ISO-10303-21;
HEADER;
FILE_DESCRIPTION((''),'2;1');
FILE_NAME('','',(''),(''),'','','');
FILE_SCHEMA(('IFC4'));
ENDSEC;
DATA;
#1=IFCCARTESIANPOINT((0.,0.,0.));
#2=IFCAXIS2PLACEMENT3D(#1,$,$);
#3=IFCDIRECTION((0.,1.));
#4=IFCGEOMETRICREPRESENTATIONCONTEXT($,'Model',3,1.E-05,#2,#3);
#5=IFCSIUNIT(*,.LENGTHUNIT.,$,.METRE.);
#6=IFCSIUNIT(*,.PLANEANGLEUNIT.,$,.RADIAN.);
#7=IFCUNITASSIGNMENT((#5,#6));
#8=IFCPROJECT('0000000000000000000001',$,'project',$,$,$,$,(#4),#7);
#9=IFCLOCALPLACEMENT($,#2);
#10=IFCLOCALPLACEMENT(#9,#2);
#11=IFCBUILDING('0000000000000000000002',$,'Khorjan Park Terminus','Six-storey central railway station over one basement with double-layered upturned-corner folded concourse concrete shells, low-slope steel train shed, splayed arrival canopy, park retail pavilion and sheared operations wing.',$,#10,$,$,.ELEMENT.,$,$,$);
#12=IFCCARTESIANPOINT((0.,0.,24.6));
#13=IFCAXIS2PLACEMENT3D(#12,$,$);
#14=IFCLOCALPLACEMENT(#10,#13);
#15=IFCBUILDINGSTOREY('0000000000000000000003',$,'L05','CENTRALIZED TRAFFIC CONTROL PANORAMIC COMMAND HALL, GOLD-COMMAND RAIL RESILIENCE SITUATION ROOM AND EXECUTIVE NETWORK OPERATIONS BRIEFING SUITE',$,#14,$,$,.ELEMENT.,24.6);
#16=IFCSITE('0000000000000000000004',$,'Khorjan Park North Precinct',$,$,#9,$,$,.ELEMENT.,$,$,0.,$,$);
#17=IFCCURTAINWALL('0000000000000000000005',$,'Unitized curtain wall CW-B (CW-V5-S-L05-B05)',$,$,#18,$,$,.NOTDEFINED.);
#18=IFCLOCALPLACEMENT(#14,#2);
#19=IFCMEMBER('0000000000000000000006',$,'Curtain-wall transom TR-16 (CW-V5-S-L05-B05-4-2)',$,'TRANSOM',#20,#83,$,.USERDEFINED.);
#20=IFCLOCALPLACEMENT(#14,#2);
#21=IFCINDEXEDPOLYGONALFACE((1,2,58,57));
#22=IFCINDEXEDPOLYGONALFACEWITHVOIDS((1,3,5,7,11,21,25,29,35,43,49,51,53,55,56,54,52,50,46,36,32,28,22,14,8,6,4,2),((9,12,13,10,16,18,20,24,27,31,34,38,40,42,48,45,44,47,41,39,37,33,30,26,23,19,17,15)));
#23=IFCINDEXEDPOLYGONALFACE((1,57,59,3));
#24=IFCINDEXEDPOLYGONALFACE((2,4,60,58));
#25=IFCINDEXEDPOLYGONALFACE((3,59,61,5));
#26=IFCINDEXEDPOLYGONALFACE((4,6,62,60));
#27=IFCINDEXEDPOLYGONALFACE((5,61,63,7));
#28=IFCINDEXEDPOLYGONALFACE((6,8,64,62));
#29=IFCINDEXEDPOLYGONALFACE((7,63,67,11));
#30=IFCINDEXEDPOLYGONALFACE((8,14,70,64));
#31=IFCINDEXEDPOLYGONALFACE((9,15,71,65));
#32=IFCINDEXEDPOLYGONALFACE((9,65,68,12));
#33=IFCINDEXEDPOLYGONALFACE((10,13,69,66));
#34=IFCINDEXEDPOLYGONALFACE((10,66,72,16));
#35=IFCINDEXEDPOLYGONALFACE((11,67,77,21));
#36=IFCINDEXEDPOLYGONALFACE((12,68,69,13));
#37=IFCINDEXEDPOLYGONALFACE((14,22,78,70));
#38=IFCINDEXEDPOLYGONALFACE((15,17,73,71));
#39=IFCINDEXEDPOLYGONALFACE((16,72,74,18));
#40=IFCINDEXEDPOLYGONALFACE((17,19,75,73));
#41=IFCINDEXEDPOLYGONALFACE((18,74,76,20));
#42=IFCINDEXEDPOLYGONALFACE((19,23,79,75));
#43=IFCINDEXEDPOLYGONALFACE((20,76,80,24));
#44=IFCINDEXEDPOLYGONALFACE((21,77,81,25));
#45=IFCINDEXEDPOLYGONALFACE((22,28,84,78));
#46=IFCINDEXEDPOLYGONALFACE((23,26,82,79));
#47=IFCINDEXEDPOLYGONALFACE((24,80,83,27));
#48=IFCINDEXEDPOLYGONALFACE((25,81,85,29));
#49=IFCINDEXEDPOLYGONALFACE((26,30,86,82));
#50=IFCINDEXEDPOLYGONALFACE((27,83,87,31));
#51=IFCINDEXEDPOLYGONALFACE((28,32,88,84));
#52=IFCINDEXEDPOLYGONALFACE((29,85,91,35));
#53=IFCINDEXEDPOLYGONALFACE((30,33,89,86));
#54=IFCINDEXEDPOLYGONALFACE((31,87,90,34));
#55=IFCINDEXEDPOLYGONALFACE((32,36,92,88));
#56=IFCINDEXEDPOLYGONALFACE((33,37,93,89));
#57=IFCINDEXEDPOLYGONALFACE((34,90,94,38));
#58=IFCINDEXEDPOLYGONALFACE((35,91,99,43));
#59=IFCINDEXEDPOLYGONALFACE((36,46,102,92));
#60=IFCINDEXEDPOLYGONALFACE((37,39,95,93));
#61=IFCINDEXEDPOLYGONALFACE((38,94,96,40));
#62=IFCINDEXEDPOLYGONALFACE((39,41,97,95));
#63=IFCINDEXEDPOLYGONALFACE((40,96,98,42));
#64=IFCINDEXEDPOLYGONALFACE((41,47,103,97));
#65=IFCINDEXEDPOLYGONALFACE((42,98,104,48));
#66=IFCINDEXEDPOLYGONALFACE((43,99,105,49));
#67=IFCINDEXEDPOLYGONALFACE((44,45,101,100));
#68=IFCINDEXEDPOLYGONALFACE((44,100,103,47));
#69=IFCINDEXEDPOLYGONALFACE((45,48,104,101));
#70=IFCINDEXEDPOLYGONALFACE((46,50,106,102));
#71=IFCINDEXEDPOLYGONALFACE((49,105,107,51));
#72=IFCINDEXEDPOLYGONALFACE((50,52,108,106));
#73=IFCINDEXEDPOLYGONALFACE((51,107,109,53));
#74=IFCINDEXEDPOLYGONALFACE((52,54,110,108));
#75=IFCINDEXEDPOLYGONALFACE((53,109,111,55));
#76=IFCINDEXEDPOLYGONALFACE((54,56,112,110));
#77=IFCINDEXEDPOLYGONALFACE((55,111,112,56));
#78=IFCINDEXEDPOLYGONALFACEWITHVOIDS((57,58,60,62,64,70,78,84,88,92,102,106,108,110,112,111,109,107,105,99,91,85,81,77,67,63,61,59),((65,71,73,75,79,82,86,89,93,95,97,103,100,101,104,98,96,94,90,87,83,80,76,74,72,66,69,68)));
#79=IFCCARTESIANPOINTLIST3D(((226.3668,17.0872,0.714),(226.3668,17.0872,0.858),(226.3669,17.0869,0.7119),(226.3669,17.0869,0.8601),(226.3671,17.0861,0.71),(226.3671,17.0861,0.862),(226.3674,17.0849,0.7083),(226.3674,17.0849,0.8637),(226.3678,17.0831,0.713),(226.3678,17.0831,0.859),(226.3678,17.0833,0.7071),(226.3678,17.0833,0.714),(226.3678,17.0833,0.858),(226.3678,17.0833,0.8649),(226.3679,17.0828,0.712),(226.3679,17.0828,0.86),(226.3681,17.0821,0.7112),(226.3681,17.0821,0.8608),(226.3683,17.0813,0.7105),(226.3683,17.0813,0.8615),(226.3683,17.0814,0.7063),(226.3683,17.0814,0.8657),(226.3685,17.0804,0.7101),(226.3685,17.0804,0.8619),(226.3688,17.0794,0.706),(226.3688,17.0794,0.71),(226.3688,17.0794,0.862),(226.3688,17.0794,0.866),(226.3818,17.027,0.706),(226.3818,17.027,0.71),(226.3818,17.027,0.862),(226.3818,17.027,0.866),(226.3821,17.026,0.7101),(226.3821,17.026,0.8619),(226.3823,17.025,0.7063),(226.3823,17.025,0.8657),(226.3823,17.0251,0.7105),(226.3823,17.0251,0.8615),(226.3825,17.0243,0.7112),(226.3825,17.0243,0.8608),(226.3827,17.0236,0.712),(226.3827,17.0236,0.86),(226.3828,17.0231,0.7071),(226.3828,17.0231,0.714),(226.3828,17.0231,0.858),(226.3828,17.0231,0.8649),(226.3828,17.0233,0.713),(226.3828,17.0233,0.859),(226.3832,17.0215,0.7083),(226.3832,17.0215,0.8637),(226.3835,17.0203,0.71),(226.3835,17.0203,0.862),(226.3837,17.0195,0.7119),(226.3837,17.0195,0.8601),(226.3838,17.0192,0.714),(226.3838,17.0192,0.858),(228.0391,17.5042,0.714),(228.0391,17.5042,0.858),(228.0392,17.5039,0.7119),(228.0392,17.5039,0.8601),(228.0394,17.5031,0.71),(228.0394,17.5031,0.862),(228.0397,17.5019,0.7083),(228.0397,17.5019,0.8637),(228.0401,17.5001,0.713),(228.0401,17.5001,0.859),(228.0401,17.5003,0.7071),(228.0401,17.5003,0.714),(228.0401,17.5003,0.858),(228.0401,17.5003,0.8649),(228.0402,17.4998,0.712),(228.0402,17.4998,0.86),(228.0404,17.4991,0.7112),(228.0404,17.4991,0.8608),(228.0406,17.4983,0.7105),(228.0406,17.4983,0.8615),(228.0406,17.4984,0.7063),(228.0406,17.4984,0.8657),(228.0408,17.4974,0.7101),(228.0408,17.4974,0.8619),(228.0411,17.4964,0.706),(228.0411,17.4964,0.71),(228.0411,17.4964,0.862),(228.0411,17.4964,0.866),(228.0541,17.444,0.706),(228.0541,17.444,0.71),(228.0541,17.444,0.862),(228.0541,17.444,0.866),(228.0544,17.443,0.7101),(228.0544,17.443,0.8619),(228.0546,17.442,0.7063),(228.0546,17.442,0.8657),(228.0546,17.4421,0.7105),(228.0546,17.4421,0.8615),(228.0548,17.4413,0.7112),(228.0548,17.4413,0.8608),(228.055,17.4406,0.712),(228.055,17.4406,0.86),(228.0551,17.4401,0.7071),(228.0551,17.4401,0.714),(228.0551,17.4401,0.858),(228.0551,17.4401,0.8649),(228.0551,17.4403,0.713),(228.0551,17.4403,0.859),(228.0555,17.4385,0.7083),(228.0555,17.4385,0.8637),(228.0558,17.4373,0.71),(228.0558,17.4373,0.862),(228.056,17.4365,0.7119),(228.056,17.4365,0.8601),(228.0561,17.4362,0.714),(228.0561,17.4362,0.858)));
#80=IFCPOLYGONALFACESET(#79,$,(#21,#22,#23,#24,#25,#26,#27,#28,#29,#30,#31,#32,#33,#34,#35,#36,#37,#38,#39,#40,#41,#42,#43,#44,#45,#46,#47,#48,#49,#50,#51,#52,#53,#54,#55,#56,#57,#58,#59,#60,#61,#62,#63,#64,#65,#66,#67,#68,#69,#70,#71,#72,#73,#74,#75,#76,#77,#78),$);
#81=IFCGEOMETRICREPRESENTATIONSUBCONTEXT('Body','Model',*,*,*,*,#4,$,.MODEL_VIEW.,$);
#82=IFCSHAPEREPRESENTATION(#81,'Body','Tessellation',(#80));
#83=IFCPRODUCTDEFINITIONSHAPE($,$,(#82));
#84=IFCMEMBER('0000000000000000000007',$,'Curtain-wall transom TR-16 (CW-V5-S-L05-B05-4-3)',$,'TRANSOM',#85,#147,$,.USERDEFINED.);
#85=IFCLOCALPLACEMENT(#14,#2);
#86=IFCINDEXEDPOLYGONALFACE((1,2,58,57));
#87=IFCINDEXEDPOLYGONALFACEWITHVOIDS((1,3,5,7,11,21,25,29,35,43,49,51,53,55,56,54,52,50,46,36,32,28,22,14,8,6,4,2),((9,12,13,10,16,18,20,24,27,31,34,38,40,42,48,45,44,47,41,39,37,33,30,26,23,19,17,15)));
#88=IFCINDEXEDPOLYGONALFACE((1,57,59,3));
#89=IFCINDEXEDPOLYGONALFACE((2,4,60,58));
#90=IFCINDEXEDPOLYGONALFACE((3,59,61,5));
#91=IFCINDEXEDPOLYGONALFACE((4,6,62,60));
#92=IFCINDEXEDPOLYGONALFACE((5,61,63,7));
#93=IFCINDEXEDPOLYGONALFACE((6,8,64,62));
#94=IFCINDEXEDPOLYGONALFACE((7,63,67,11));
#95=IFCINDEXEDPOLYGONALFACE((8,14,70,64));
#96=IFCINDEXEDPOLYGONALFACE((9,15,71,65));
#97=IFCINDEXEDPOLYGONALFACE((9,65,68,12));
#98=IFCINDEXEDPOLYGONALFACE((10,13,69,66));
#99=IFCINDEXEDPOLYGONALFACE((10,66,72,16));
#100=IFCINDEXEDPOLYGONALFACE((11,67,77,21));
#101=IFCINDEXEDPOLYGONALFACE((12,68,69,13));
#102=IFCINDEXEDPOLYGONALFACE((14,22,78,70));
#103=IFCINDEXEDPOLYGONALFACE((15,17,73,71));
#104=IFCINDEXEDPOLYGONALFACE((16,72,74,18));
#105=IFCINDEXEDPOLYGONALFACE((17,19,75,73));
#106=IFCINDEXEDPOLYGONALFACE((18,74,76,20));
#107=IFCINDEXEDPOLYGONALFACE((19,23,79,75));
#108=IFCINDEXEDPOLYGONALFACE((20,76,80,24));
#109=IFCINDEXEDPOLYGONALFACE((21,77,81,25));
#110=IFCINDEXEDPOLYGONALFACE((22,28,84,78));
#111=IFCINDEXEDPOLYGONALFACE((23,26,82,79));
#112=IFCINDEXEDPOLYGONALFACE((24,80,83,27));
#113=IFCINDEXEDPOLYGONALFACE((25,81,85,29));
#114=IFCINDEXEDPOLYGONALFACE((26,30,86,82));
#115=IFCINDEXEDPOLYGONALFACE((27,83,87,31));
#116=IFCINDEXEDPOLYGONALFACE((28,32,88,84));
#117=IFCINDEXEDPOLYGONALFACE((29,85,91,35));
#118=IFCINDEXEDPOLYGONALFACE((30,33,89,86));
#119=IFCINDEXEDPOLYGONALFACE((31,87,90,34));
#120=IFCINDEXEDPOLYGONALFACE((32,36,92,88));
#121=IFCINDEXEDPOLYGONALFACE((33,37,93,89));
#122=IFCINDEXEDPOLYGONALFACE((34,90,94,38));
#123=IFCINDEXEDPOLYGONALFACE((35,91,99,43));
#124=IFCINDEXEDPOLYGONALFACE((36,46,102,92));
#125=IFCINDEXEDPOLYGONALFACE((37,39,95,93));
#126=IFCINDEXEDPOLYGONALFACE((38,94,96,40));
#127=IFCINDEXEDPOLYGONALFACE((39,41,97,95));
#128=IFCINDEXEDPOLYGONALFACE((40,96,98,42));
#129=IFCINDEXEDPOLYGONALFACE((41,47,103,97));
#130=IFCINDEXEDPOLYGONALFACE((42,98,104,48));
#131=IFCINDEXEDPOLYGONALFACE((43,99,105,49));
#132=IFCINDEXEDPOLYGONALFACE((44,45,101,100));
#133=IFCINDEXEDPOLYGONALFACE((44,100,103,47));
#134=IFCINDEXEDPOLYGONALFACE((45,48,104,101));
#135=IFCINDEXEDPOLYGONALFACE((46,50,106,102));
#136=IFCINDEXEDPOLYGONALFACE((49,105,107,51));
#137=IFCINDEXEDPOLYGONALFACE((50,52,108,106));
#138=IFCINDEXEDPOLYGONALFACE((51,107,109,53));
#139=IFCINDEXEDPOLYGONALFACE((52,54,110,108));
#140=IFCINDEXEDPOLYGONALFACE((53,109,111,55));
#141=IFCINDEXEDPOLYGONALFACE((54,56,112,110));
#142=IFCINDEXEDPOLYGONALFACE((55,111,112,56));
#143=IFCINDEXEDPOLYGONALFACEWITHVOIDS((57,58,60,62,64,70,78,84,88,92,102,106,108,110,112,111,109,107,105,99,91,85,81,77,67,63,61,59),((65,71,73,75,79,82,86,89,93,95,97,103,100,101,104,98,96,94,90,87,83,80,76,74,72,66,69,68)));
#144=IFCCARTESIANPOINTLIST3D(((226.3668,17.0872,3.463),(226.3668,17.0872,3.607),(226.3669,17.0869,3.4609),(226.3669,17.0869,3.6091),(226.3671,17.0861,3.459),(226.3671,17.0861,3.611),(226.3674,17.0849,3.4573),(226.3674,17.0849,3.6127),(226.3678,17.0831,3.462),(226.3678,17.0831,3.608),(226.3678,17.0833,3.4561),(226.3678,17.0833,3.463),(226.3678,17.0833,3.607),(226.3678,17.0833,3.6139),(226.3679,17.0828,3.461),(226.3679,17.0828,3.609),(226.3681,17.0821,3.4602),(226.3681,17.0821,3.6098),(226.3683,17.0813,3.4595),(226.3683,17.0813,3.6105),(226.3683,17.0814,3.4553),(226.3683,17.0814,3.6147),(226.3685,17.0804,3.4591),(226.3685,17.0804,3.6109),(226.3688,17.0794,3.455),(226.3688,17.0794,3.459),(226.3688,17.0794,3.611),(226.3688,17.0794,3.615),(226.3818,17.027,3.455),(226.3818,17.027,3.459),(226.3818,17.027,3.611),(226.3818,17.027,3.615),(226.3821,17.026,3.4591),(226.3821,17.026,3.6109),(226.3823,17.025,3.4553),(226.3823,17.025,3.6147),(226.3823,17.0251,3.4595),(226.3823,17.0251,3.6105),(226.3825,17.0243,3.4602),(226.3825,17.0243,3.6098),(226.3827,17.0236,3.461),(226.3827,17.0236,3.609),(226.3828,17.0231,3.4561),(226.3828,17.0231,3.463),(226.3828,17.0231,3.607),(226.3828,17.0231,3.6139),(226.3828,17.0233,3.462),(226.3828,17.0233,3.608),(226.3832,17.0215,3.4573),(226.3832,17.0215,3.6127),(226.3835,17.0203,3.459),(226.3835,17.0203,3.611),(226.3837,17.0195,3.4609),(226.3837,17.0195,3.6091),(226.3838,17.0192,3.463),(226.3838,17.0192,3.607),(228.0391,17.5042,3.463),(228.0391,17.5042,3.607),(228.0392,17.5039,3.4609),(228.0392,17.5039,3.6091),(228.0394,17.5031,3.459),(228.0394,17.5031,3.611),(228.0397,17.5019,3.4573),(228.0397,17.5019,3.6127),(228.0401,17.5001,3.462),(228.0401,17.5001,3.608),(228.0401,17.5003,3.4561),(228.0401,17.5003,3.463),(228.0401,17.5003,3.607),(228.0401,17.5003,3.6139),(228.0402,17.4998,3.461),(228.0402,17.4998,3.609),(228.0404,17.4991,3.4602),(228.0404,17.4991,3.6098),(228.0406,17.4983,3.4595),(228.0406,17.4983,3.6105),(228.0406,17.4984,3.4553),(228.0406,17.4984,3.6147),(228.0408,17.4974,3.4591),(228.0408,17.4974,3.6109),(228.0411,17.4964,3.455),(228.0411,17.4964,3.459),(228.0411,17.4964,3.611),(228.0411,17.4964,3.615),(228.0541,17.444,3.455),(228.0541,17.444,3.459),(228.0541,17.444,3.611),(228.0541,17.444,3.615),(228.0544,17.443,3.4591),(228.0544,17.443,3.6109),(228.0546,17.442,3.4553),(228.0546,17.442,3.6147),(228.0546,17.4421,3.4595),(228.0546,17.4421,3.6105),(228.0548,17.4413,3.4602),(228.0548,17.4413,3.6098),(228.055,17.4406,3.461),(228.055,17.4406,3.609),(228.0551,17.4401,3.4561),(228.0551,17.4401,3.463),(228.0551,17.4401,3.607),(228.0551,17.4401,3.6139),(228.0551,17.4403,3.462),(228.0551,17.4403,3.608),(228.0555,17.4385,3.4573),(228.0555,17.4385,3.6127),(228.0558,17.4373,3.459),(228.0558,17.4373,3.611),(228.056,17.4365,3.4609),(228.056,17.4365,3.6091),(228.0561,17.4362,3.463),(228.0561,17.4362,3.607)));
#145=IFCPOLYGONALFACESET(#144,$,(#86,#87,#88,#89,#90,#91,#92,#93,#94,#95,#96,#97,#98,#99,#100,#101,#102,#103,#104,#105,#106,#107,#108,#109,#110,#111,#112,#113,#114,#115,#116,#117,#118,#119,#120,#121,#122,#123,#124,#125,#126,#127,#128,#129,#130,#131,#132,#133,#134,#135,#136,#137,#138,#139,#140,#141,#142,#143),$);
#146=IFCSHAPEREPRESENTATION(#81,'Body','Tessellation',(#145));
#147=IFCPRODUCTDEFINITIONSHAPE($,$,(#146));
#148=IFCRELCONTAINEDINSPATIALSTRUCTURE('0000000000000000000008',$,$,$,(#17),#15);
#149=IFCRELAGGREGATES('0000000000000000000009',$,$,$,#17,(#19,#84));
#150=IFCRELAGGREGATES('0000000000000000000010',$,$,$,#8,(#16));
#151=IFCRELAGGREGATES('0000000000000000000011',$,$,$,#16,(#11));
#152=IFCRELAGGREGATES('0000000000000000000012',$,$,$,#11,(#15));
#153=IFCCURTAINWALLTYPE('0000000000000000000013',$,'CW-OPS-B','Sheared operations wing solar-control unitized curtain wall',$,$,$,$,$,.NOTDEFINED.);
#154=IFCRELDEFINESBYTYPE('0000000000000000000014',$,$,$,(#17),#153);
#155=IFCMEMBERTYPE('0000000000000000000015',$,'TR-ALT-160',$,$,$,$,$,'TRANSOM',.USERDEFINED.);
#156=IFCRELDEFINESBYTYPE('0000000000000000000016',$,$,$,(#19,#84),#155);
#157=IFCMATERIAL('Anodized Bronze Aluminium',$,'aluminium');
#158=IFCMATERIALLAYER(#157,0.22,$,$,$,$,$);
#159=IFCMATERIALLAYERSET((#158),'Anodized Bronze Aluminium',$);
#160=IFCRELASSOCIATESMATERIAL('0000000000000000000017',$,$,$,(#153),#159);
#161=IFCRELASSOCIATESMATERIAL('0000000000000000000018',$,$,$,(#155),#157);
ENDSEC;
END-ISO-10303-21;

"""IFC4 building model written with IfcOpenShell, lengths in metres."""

from ifc_helpers import new_model, si_unit, direction, frame, origin, origin_2d, place, context, subcontext, project, spatial, hollow_rectangle, extrude, material, layer, layer_set, material_profile, profile_set, type_object, element, aggregate, save


model = new_model("IFC4")

# Units and contexts
model_context = context("Model", 3, precision=1e-05, world=origin(), true_north=direction((0.0, 1.0)))
body_context = subcontext(model_context, "Body", "Model", "MODEL_VIEW")
ifc_project = project(units=[si_unit("LENGTHUNIT", "METRE"), si_unit("PLANEANGLEUNIT", "RADIAN")], contexts=[model_context])

# Site, building, storey
site_placement = place(None, origin())
site = spatial("IfcSite", under=ifc_project, at=site_placement, Name="Khorjan Park North Precinct", CompositionType="ELEMENT", RefElevation=0.0)
building_placement = place(site_placement, origin())
building = spatial("IfcBuilding", under=site, at=building_placement, Name="Khorjan Park Terminus", Description="Six-storey central railway station over one basement with double-layered upturned-corner folded concourse concrete shells, low-slope steel train shed, splayed arrival canopy, park retail pavilion and sheared operations wing.", CompositionType="ELEMENT")
storey_placement = place(building_placement, frame((0.0, 0.0, 24.6)))
storey = spatial("IfcBuildingStorey", under=building, at=storey_placement, Name="L05", Description="CENTRALIZED TRAFFIC CONTROL PANORAMIC COMMAND HALL, GOLD-COMMAND RAIL RESILIENCE SITUATION ROOM AND EXECUTIVE NETWORK OPERATIONS BRIEFING SUITE", CompositionType="ELEMENT", Elevation=24.6)

# Curtain wall, members
ifc_material_1 = material(Name="Anodized Bronze Aluminium", Category="aluminium")
ifc_layer_1 = layer(ifc_material_1, 0.22)
ifc_layer_set_1 = layer_set([ifc_layer_1], Name="Anodized Bronze Aluminium")
curtain_wall_type = type_object("IfcCurtainWallType", Name="CW-OPS-B", Description="Sheared operations wing solar-control unitized curtain wall", PredefinedType="NOTDEFINED", material=ifc_layer_set_1)
curtain_wall_placement = place(storey_placement, origin())
curtain_wall = element("IfcCurtainWall", 1, at=curtain_wall_placement, inside=storey, type_object=curtain_wall_type, Name="Unitized curtain wall CW-B (CW-V5-S-L05-B05)", PredefinedType="NOTDEFINED")
ifc_material_profile_1 = material_profile(ifc_material_1, hollow_rectangle(XDim=0.07, YDim=0.16, WallThickness=0.004, InnerFilletRadius=0.004, OuterFilletRadius=0.008, at=origin_2d()), Name="ALT 70x160x4")
ifc_profile_set_1 = profile_set([ifc_material_profile_1], Name="Anodized Bronze Aluminium")
member_type_1 = type_object("IfcMemberType", Name="TR-ALT-160", ElementType="TRANSOM", PredefinedType="USERDEFINED", material=ifc_profile_set_1)
member_1_placement = place(storey_placement, frame((226.3753, 17.0532, 0.786), z_axis=(0.970289, 0.241949, 0.0), x_axis=(-0.241949, 0.970289, 0.0)))
member_1 = element("IfcMember", 2, at=member_1_placement, type_object=member_type_1, Name="Curtain-wall transom TR-16 (CW-V5-S-L05-B05-4-2)", ObjectType="TRANSOM", PredefinedType="USERDEFINED", context=body_context, shape_type="SweptSolid", body=[
    extrude(hollow_rectangle(XDim=0.07, YDim=0.16, WallThickness=0.004, InnerFilletRadius=0.004, OuterFilletRadius=0.008, at=origin_2d()), origin(), (0.0, 0.0, 1.0), 1.7235),
])
member_2_placement = place(storey_placement, frame((226.3753, 17.0532, 3.535), z_axis=(0.970289, 0.241949, 0.0), x_axis=(-0.241949, 0.970289, 0.0)))
member_2 = element("IfcMember", 3, at=member_2_placement, type_object=member_type_1, Name="Curtain-wall transom TR-16 (CW-V5-S-L05-B05-4-3)", ObjectType="TRANSOM", PredefinedType="USERDEFINED", context=body_context, shape_type="SweptSolid", body=[
    extrude(hollow_rectangle(XDim=0.07, YDim=0.16, WallThickness=0.004, InnerFilletRadius=0.004, OuterFilletRadius=0.008, at=origin_2d()), origin(), (0.0, 0.0, 1.0), 1.7235),
])
aggregate(curtain_wall, [member_1, member_2])

save(model, "model.ifc")
